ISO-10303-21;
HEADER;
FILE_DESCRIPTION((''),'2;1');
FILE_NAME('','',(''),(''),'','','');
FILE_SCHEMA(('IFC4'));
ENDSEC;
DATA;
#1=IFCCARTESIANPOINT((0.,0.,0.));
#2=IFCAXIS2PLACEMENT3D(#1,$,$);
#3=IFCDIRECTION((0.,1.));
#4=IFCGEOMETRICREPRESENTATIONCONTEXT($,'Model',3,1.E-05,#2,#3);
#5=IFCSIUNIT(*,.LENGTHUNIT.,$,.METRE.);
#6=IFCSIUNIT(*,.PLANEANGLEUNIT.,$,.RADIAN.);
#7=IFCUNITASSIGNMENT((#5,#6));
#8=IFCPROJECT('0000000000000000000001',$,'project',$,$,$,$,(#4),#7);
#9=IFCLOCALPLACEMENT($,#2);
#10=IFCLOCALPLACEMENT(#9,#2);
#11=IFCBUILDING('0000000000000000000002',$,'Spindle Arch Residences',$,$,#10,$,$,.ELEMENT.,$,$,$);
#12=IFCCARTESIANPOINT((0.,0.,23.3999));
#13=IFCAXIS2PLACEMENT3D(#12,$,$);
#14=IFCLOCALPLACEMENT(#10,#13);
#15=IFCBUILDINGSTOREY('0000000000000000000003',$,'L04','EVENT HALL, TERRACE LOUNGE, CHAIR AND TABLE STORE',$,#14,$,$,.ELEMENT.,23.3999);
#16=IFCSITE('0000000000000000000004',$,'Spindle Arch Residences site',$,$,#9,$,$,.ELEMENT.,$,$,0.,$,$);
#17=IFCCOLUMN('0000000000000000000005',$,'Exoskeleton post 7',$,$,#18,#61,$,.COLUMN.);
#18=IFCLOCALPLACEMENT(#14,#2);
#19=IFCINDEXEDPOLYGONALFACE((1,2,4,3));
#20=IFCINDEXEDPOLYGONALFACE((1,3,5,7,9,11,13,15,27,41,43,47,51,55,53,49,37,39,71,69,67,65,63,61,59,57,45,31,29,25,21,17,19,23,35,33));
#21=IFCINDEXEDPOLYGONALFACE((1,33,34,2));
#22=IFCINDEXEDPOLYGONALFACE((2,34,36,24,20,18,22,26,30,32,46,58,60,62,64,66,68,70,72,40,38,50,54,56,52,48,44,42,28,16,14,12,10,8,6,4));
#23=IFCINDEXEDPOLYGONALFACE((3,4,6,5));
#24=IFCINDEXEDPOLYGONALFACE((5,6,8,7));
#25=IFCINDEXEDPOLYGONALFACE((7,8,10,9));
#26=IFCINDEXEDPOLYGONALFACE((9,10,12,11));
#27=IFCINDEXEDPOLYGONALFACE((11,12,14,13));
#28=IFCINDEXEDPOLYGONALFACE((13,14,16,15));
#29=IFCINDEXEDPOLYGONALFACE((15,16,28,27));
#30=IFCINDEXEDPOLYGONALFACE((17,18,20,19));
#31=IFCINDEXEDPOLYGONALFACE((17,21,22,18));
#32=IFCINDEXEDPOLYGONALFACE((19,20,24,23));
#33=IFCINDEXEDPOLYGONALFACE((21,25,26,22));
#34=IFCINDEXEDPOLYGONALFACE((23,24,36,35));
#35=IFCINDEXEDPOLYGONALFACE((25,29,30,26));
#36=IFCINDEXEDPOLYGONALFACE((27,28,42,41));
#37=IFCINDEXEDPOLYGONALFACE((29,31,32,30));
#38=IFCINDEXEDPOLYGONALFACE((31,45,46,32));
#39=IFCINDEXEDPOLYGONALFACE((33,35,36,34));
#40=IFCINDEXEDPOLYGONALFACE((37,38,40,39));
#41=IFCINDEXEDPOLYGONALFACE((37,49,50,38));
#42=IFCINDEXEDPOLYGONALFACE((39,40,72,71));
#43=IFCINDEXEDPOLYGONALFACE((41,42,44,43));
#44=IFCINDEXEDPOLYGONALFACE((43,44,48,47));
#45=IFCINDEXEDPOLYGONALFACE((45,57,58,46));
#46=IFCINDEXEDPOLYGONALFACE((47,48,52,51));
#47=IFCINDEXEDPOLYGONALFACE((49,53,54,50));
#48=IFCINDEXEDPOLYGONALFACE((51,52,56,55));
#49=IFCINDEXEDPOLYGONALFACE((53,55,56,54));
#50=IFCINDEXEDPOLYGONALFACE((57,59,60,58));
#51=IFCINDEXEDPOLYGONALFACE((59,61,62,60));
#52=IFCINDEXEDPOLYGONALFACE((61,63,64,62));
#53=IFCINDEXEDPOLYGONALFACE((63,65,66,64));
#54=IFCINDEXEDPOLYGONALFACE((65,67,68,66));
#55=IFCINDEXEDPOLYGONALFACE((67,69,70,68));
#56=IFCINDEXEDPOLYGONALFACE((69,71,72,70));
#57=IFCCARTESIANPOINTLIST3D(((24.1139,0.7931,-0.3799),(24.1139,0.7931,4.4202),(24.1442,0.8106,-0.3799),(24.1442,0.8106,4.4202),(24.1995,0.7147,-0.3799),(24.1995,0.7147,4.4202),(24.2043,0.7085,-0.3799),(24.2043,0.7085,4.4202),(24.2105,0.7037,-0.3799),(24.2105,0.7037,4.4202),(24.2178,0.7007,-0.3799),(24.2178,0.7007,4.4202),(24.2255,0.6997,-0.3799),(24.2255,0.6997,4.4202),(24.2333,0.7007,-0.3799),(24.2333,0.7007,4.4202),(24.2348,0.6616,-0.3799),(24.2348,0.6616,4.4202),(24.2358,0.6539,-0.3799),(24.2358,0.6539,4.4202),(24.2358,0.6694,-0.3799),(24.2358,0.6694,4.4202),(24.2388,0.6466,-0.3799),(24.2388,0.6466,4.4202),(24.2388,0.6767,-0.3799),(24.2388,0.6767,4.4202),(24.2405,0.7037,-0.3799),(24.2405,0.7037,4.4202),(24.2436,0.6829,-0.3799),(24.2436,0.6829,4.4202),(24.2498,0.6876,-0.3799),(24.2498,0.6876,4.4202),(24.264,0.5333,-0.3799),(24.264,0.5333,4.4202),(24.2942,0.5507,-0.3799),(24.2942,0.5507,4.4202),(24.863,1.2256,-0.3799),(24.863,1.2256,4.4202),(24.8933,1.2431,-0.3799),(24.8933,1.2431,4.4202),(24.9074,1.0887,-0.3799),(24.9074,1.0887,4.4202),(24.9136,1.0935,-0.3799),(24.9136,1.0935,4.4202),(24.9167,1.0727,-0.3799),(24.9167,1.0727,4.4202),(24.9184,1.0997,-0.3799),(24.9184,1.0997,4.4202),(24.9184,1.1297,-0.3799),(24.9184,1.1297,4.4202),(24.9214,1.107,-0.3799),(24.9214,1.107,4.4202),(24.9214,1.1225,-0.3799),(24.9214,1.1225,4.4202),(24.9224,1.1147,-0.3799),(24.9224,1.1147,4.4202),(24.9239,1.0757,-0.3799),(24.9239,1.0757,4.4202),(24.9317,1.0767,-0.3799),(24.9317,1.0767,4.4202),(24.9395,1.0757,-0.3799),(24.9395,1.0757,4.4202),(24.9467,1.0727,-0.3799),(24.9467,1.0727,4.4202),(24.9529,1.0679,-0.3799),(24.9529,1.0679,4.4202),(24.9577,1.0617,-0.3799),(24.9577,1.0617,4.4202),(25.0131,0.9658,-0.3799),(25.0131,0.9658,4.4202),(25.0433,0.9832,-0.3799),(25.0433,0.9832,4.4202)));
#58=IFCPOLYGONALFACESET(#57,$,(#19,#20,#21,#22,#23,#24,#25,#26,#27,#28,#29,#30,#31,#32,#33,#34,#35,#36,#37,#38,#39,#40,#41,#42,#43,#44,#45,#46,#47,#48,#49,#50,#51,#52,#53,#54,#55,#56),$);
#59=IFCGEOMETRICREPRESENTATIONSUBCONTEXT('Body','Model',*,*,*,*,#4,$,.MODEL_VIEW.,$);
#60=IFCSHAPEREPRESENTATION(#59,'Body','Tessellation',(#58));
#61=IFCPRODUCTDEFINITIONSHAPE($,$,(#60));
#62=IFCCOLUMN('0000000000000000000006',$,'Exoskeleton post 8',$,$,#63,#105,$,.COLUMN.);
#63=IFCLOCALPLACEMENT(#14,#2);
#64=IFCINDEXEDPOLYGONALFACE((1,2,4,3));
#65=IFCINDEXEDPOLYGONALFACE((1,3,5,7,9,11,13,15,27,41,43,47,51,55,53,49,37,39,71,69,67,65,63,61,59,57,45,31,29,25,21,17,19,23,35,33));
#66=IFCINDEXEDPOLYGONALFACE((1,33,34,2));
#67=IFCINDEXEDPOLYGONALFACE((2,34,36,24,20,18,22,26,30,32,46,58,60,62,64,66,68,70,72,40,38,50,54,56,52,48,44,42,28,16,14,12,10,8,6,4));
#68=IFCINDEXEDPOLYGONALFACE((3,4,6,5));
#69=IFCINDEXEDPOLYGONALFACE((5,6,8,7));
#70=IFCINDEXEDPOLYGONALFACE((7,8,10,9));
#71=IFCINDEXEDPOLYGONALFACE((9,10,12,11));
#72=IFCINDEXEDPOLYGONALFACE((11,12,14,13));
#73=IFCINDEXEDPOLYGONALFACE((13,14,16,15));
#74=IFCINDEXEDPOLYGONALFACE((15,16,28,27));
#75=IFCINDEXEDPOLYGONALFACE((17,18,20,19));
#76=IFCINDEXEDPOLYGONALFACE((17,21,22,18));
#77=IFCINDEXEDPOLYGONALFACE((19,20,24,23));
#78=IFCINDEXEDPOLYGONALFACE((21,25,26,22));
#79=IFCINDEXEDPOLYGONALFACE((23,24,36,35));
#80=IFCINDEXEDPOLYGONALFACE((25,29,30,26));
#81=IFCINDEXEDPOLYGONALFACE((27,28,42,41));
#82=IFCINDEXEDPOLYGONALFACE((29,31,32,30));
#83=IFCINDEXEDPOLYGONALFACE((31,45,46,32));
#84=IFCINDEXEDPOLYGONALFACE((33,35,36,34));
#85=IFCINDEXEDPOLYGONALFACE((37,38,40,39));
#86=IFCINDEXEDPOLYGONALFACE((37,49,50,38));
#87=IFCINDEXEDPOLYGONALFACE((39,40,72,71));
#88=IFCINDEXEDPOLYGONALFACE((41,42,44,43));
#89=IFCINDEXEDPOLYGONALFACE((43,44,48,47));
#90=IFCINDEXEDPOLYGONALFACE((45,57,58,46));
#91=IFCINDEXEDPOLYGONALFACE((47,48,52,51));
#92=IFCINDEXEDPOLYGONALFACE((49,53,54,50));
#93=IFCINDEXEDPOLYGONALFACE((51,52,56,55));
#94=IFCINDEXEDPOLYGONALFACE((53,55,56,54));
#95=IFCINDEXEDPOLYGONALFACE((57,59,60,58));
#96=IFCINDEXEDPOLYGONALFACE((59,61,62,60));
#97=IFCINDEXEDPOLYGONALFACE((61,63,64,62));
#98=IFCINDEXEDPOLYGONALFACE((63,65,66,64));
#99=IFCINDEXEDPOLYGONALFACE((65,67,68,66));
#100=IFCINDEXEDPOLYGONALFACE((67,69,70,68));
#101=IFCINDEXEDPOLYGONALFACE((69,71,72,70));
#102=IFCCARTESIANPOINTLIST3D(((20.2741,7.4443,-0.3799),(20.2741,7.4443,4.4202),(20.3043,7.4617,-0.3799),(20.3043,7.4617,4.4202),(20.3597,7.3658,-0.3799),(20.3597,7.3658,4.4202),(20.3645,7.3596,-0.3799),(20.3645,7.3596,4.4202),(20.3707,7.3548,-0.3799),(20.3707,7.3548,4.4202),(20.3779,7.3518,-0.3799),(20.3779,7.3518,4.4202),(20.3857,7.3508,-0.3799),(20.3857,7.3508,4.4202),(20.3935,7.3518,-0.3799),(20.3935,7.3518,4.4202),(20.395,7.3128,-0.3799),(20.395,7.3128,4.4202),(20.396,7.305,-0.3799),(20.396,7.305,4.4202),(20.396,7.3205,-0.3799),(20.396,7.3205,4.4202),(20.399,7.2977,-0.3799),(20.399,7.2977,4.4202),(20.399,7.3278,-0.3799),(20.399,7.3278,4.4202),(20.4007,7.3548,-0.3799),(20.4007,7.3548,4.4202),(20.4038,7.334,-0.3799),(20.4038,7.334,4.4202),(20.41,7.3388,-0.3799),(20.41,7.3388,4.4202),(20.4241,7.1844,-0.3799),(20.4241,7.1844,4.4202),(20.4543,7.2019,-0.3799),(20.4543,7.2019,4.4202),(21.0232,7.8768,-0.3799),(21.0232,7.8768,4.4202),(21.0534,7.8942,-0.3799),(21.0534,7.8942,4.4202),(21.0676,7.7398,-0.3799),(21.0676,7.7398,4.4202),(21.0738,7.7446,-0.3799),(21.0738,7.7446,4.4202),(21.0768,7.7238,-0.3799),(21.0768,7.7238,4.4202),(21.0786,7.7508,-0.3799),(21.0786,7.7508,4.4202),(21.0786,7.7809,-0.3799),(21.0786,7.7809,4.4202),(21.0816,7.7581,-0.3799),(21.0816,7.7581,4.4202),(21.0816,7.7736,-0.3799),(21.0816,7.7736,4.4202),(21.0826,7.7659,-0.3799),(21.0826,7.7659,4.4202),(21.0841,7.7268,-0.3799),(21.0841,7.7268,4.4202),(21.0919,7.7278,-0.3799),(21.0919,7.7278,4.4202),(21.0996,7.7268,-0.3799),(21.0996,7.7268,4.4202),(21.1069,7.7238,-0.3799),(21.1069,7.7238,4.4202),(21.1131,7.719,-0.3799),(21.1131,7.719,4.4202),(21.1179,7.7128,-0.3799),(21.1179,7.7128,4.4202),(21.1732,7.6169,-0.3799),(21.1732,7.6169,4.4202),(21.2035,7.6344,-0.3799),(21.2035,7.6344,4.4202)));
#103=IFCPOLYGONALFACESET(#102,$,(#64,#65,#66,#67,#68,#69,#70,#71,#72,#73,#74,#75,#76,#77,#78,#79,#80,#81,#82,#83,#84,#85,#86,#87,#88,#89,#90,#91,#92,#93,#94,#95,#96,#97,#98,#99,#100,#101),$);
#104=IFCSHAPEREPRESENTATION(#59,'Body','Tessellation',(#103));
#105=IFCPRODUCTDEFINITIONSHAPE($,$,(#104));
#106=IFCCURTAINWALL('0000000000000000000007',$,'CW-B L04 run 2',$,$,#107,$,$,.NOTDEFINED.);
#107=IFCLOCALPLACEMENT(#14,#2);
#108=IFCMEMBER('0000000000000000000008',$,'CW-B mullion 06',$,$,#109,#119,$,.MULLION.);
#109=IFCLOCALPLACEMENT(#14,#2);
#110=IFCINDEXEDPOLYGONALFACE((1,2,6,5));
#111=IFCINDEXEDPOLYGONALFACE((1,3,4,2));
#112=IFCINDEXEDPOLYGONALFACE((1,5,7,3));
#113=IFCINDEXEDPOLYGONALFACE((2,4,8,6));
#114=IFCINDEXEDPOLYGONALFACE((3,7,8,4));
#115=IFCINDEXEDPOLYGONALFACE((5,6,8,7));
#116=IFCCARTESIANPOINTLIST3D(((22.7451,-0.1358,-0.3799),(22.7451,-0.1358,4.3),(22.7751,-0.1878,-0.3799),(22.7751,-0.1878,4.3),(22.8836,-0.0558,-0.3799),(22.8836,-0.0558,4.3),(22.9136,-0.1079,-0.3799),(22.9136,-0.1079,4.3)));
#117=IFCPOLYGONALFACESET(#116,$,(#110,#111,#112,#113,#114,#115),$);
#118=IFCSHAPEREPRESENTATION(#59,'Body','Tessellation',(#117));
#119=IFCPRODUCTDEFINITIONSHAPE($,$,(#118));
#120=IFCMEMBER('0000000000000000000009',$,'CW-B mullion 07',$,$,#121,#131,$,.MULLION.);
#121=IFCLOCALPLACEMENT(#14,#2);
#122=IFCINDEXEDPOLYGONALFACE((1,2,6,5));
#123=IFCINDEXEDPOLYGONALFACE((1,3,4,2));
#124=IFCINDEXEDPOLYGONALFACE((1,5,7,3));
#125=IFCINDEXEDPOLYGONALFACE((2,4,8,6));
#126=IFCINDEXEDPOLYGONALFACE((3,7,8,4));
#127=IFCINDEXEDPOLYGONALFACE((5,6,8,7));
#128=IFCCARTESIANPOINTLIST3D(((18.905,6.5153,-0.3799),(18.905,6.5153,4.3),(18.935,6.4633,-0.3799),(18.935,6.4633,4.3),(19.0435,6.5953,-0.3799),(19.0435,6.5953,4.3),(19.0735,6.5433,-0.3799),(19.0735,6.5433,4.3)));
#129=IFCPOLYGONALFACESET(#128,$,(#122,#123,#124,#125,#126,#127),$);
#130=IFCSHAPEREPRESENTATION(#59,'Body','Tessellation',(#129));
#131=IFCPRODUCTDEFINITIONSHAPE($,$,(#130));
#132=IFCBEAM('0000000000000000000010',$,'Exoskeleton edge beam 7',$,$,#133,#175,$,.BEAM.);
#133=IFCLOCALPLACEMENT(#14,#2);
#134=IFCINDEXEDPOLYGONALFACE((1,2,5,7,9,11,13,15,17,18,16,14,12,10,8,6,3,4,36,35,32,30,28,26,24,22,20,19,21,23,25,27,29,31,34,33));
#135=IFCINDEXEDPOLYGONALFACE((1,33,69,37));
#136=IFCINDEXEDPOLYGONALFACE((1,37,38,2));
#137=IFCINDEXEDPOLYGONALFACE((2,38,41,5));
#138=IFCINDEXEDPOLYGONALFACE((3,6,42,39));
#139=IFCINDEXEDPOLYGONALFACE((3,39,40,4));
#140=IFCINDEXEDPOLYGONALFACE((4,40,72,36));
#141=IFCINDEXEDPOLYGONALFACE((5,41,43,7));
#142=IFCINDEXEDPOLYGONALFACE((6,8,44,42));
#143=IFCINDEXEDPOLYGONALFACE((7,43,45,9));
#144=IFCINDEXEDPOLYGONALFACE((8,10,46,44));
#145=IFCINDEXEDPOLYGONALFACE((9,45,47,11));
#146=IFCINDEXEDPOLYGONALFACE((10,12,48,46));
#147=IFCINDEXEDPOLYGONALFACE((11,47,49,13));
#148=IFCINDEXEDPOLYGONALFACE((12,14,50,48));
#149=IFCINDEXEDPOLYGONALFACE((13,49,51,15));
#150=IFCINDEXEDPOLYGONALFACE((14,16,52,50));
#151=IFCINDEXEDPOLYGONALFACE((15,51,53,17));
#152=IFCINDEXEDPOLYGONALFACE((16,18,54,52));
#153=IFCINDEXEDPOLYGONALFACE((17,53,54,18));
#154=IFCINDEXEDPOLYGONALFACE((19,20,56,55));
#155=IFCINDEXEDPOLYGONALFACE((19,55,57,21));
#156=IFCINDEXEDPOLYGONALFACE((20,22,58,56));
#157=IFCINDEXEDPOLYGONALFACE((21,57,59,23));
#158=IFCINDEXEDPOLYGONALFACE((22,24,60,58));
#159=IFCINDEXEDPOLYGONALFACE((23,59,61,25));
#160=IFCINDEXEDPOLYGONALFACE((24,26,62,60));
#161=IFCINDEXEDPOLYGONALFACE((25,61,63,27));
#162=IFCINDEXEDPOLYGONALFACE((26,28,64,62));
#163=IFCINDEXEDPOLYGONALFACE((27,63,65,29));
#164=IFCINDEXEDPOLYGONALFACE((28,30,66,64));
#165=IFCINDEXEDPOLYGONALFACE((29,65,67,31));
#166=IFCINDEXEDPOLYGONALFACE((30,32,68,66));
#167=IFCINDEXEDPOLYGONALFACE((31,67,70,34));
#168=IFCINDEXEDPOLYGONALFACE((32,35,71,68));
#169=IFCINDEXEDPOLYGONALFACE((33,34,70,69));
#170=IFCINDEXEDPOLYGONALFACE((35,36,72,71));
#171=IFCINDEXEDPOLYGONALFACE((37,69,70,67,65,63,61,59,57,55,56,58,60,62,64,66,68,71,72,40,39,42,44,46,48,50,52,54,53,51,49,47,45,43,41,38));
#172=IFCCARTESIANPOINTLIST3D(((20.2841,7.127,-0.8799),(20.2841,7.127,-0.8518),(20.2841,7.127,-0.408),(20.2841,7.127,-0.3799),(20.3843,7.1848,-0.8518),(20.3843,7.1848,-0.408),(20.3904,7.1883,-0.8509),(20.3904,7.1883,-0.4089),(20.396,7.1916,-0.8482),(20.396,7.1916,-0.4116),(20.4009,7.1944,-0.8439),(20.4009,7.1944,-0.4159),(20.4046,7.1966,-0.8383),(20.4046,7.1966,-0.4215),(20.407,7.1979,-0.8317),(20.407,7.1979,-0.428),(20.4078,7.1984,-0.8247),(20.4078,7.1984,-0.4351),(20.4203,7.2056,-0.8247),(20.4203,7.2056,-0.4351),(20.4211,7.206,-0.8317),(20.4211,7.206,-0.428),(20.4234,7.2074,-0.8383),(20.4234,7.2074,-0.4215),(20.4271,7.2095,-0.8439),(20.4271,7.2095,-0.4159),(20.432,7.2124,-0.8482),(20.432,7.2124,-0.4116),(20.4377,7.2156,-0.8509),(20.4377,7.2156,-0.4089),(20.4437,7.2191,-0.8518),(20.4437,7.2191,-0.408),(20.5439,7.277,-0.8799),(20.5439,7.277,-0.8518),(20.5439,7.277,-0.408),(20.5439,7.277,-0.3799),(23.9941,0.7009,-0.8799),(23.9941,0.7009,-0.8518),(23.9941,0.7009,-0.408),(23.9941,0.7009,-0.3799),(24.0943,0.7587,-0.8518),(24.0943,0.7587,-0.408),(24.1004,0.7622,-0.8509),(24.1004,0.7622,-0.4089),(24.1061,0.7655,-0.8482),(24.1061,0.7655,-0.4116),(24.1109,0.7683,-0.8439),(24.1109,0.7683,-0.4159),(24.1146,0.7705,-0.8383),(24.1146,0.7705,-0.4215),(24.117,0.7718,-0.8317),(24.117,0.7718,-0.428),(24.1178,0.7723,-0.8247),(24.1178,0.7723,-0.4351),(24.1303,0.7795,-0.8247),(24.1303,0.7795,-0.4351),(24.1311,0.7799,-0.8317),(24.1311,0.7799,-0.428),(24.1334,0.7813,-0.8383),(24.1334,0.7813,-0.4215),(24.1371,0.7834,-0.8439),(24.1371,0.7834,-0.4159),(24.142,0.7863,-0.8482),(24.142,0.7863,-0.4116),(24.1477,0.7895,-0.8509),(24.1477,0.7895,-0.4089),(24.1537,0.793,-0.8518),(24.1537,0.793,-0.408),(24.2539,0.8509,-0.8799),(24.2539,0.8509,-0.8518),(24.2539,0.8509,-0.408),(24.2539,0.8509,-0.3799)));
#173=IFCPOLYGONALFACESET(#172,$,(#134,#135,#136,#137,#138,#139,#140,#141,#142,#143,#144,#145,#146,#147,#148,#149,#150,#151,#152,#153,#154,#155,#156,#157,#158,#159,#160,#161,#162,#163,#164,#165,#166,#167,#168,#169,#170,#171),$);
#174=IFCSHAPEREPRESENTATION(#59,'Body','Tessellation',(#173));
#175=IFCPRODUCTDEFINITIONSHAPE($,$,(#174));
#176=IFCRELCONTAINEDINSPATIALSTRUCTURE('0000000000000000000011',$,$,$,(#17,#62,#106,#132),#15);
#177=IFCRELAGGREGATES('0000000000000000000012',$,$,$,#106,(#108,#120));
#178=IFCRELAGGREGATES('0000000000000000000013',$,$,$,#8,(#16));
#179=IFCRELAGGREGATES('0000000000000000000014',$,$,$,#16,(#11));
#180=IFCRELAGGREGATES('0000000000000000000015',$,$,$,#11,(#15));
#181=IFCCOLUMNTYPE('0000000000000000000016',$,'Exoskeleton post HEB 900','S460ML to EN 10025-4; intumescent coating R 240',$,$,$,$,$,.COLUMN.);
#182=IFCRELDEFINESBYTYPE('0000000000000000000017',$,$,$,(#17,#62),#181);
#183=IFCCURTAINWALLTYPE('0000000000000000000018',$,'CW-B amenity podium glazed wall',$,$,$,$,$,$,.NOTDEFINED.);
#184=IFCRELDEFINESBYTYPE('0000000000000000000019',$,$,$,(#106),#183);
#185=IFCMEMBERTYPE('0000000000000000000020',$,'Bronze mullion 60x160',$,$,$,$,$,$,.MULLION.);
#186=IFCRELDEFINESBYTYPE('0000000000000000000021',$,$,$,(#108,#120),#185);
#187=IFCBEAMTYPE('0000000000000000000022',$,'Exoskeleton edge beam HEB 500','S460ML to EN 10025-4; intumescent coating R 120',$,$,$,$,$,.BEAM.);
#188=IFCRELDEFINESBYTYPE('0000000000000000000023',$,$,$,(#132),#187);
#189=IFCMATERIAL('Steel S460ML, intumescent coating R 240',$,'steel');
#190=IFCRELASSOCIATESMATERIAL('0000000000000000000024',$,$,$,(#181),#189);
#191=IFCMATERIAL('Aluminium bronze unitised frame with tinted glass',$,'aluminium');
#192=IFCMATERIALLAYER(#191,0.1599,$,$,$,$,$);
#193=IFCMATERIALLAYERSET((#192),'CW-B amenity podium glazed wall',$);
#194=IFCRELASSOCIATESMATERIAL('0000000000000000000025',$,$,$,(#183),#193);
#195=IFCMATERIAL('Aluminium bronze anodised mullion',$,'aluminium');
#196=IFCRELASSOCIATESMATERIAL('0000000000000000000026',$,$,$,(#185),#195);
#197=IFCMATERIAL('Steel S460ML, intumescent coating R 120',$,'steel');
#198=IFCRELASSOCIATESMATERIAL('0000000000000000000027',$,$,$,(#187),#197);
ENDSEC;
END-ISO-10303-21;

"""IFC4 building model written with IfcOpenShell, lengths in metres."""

from ifc_helpers import new_model, si_unit, direction, frame, origin, origin_2d, place, context, subcontext, project, spatial, rectangle, i_section, extrude, material, layer, layer_set, material_profile, profile_set, type_object, element, aggregate, save


model = new_model("IFC4")

# Units and contexts
model_context = context("Model", 3, precision=1e-05, world=origin(), true_north=direction((0.0, 1.0)))
body_context = subcontext(model_context, "Body", "Model", "MODEL_VIEW")
ifc_project = project(units=[si_unit("LENGTHUNIT", "METRE"), si_unit("PLANEANGLEUNIT", "RADIAN")], contexts=[model_context])

# Site, building, storey
site_placement = place(None, origin())
site = spatial("IfcSite", under=ifc_project, at=site_placement, Name="Spindle Arch Residences site", CompositionType="ELEMENT", RefElevation=0.0)
building_placement = place(site_placement, origin())
building = spatial("IfcBuilding", under=site, at=building_placement, Name="Spindle Arch Residences", CompositionType="ELEMENT")
storey_placement = place(building_placement, frame((0.0, 0.0, 23.3999)))
storey = spatial("IfcBuildingStorey", under=building, at=storey_placement, Name="L04", Description="EVENT HALL, TERRACE LOUNGE, CHAIR AND TABLE STORE", CompositionType="ELEMENT", Elevation=23.3999)

# Columns
ifc_material_1 = material(Name="Steel S460ML, intumescent coating R 240", Category="steel")
ifc_material_profile_1 = material_profile(ifc_material_1, i_section(OverallWidth=0.3, OverallDepth=0.8999, WebThickness=0.0186, FlangeThickness=0.0349, FilletRadius=0.03, at=origin_2d()), Name="HEB 900")
ifc_profile_set_1 = profile_set([ifc_material_profile_1], Name="Steel S460ML, intumescent coating R 240")
column_type = type_object("IfcColumnType", Name="Exoskeleton post HEB 900", Description="S460ML to EN 10025-4; intumescent coating R 240", PredefinedType="COLUMN", material=ifc_profile_set_1)
for number, where, z_axis, x_axis, name in (
    (1, (24.5786, 0.8882, -0.3799), (0.0, 0.0, 1.0), (0.5, -0.866025, 0.0), "Exoskeleton post 7"),
    (2, (20.7388, 7.5393, -0.3799), (0.0, 0.0, 1.0), (0.5, -0.866025, 0.0), "Exoskeleton post 8"),
):
    element("IfcColumn", number, at=place(storey_placement, frame(where, z_axis=z_axis, x_axis=x_axis)), inside=storey, type_object=column_type, Name=name, PredefinedType="COLUMN", context=body_context, shape_type="SweptSolid", body=[
        extrude(i_section(OverallWidth=0.3, OverallDepth=0.8999, WebThickness=0.0186, FlangeThickness=0.0349, FilletRadius=0.03, at=origin_2d()), origin(), (0.0, 0.0, 1.0), 4.8),
    ])

# Curtain wall, members
ifc_material_2 = material(Name="Aluminium bronze unitised frame with tinted glass", Category="aluminium")
ifc_layer_1 = layer(ifc_material_2, 0.1599)
ifc_layer_set_1 = layer_set([ifc_layer_1], Name="CW-B amenity podium glazed wall")
curtain_wall_type = type_object("IfcCurtainWallType", Name="CW-B amenity podium glazed wall", PredefinedType="NOTDEFINED", material=ifc_layer_set_1)
curtain_wall_placement = place(storey_placement, origin())
curtain_wall = element("IfcCurtainWall", 3, at=curtain_wall_placement, inside=storey, type_object=curtain_wall_type, Name="CW-B L04 run 2", PredefinedType="NOTDEFINED")
ifc_material_3 = material(Name="Aluminium bronze anodised mullion", Category="aluminium")
ifc_material_profile_2 = material_profile(ifc_material_3, rectangle(XDim=0.1599, YDim=0.0601, at=origin_2d()), Name="MU 60x160")
ifc_profile_set_2 = profile_set([ifc_material_profile_2], Name="Aluminium bronze anodised mullion")
member_type = type_object("IfcMemberType", Name="Bronze mullion 60x160", PredefinedType="MULLION", material=ifc_profile_set_2)
member_1_placement = place(storey_placement, frame((22.8293, -0.1218, -0.3799), z_axis=(0.0, 0.0, 1.0), x_axis=(-0.866025, -0.5, 0.0)))
member_1 = element("IfcMember", 4, at=member_1_placement, type_object=member_type, Name="CW-B mullion 06", PredefinedType="MULLION", context=body_context, shape_type="SweptSolid", body=[
    extrude(rectangle(XDim=0.1599, YDim=0.0601, at=origin_2d()), origin(), (0.0, 0.0, 1.0), 4.6799),
])
member_2_placement = place(storey_placement, frame((18.9893, 6.5293, -0.3799), z_axis=(0.0, 0.0, 1.0), x_axis=(-0.866025, -0.5, 0.0)))
member_2 = element("IfcMember", 5, at=member_2_placement, type_object=member_type, Name="CW-B mullion 07", PredefinedType="MULLION", context=body_context, shape_type="SweptSolid", body=[
    extrude(rectangle(XDim=0.1599, YDim=0.0601, at=origin_2d()), origin(), (0.0, 0.0, 1.0), 4.6799),
])

# Beam
ifc_material_4 = material(Name="Steel S460ML, intumescent coating R 120", Category="steel")
ifc_material_profile_3 = material_profile(ifc_material_4, i_section(OverallWidth=0.3, OverallDepth=0.5, WebThickness=0.0144, FlangeThickness=0.0281, FilletRadius=0.0271, at=origin_2d()), Name="HEB 500")
ifc_profile_set_3 = profile_set([ifc_material_profile_3], Name="Steel S460ML, intumescent coating R 120")
beam_type_1 = type_object("IfcBeamType", Name="Exoskeleton edge beam HEB 500", Description="S460ML to EN 10025-4; intumescent coating R 120", PredefinedType="BEAM", material=ifc_profile_set_3)
beam_1_placement = place(storey_placement, frame((24.124, 0.7759, -0.6299), z_axis=(-0.499989, 0.866032, 0.0), x_axis=(-0.866032, -0.499989, 0.0)))
element("IfcBeam", 6, at=beam_1_placement, inside=storey, type_object=beam_type_1, Name="Exoskeleton edge beam 7", PredefinedType="BEAM", context=body_context, shape_type="SweptSolid", body=[
    extrude(i_section(OverallWidth=0.3, OverallDepth=0.5, WebThickness=0.0144, FlangeThickness=0.0281, FilletRadius=0.0271, at=origin_2d()), origin(), (0.0, 0.0, 1.0), 7.4202),
])

aggregate(curtain_wall, [member_1, member_2])

save(model, "model.ifc")
